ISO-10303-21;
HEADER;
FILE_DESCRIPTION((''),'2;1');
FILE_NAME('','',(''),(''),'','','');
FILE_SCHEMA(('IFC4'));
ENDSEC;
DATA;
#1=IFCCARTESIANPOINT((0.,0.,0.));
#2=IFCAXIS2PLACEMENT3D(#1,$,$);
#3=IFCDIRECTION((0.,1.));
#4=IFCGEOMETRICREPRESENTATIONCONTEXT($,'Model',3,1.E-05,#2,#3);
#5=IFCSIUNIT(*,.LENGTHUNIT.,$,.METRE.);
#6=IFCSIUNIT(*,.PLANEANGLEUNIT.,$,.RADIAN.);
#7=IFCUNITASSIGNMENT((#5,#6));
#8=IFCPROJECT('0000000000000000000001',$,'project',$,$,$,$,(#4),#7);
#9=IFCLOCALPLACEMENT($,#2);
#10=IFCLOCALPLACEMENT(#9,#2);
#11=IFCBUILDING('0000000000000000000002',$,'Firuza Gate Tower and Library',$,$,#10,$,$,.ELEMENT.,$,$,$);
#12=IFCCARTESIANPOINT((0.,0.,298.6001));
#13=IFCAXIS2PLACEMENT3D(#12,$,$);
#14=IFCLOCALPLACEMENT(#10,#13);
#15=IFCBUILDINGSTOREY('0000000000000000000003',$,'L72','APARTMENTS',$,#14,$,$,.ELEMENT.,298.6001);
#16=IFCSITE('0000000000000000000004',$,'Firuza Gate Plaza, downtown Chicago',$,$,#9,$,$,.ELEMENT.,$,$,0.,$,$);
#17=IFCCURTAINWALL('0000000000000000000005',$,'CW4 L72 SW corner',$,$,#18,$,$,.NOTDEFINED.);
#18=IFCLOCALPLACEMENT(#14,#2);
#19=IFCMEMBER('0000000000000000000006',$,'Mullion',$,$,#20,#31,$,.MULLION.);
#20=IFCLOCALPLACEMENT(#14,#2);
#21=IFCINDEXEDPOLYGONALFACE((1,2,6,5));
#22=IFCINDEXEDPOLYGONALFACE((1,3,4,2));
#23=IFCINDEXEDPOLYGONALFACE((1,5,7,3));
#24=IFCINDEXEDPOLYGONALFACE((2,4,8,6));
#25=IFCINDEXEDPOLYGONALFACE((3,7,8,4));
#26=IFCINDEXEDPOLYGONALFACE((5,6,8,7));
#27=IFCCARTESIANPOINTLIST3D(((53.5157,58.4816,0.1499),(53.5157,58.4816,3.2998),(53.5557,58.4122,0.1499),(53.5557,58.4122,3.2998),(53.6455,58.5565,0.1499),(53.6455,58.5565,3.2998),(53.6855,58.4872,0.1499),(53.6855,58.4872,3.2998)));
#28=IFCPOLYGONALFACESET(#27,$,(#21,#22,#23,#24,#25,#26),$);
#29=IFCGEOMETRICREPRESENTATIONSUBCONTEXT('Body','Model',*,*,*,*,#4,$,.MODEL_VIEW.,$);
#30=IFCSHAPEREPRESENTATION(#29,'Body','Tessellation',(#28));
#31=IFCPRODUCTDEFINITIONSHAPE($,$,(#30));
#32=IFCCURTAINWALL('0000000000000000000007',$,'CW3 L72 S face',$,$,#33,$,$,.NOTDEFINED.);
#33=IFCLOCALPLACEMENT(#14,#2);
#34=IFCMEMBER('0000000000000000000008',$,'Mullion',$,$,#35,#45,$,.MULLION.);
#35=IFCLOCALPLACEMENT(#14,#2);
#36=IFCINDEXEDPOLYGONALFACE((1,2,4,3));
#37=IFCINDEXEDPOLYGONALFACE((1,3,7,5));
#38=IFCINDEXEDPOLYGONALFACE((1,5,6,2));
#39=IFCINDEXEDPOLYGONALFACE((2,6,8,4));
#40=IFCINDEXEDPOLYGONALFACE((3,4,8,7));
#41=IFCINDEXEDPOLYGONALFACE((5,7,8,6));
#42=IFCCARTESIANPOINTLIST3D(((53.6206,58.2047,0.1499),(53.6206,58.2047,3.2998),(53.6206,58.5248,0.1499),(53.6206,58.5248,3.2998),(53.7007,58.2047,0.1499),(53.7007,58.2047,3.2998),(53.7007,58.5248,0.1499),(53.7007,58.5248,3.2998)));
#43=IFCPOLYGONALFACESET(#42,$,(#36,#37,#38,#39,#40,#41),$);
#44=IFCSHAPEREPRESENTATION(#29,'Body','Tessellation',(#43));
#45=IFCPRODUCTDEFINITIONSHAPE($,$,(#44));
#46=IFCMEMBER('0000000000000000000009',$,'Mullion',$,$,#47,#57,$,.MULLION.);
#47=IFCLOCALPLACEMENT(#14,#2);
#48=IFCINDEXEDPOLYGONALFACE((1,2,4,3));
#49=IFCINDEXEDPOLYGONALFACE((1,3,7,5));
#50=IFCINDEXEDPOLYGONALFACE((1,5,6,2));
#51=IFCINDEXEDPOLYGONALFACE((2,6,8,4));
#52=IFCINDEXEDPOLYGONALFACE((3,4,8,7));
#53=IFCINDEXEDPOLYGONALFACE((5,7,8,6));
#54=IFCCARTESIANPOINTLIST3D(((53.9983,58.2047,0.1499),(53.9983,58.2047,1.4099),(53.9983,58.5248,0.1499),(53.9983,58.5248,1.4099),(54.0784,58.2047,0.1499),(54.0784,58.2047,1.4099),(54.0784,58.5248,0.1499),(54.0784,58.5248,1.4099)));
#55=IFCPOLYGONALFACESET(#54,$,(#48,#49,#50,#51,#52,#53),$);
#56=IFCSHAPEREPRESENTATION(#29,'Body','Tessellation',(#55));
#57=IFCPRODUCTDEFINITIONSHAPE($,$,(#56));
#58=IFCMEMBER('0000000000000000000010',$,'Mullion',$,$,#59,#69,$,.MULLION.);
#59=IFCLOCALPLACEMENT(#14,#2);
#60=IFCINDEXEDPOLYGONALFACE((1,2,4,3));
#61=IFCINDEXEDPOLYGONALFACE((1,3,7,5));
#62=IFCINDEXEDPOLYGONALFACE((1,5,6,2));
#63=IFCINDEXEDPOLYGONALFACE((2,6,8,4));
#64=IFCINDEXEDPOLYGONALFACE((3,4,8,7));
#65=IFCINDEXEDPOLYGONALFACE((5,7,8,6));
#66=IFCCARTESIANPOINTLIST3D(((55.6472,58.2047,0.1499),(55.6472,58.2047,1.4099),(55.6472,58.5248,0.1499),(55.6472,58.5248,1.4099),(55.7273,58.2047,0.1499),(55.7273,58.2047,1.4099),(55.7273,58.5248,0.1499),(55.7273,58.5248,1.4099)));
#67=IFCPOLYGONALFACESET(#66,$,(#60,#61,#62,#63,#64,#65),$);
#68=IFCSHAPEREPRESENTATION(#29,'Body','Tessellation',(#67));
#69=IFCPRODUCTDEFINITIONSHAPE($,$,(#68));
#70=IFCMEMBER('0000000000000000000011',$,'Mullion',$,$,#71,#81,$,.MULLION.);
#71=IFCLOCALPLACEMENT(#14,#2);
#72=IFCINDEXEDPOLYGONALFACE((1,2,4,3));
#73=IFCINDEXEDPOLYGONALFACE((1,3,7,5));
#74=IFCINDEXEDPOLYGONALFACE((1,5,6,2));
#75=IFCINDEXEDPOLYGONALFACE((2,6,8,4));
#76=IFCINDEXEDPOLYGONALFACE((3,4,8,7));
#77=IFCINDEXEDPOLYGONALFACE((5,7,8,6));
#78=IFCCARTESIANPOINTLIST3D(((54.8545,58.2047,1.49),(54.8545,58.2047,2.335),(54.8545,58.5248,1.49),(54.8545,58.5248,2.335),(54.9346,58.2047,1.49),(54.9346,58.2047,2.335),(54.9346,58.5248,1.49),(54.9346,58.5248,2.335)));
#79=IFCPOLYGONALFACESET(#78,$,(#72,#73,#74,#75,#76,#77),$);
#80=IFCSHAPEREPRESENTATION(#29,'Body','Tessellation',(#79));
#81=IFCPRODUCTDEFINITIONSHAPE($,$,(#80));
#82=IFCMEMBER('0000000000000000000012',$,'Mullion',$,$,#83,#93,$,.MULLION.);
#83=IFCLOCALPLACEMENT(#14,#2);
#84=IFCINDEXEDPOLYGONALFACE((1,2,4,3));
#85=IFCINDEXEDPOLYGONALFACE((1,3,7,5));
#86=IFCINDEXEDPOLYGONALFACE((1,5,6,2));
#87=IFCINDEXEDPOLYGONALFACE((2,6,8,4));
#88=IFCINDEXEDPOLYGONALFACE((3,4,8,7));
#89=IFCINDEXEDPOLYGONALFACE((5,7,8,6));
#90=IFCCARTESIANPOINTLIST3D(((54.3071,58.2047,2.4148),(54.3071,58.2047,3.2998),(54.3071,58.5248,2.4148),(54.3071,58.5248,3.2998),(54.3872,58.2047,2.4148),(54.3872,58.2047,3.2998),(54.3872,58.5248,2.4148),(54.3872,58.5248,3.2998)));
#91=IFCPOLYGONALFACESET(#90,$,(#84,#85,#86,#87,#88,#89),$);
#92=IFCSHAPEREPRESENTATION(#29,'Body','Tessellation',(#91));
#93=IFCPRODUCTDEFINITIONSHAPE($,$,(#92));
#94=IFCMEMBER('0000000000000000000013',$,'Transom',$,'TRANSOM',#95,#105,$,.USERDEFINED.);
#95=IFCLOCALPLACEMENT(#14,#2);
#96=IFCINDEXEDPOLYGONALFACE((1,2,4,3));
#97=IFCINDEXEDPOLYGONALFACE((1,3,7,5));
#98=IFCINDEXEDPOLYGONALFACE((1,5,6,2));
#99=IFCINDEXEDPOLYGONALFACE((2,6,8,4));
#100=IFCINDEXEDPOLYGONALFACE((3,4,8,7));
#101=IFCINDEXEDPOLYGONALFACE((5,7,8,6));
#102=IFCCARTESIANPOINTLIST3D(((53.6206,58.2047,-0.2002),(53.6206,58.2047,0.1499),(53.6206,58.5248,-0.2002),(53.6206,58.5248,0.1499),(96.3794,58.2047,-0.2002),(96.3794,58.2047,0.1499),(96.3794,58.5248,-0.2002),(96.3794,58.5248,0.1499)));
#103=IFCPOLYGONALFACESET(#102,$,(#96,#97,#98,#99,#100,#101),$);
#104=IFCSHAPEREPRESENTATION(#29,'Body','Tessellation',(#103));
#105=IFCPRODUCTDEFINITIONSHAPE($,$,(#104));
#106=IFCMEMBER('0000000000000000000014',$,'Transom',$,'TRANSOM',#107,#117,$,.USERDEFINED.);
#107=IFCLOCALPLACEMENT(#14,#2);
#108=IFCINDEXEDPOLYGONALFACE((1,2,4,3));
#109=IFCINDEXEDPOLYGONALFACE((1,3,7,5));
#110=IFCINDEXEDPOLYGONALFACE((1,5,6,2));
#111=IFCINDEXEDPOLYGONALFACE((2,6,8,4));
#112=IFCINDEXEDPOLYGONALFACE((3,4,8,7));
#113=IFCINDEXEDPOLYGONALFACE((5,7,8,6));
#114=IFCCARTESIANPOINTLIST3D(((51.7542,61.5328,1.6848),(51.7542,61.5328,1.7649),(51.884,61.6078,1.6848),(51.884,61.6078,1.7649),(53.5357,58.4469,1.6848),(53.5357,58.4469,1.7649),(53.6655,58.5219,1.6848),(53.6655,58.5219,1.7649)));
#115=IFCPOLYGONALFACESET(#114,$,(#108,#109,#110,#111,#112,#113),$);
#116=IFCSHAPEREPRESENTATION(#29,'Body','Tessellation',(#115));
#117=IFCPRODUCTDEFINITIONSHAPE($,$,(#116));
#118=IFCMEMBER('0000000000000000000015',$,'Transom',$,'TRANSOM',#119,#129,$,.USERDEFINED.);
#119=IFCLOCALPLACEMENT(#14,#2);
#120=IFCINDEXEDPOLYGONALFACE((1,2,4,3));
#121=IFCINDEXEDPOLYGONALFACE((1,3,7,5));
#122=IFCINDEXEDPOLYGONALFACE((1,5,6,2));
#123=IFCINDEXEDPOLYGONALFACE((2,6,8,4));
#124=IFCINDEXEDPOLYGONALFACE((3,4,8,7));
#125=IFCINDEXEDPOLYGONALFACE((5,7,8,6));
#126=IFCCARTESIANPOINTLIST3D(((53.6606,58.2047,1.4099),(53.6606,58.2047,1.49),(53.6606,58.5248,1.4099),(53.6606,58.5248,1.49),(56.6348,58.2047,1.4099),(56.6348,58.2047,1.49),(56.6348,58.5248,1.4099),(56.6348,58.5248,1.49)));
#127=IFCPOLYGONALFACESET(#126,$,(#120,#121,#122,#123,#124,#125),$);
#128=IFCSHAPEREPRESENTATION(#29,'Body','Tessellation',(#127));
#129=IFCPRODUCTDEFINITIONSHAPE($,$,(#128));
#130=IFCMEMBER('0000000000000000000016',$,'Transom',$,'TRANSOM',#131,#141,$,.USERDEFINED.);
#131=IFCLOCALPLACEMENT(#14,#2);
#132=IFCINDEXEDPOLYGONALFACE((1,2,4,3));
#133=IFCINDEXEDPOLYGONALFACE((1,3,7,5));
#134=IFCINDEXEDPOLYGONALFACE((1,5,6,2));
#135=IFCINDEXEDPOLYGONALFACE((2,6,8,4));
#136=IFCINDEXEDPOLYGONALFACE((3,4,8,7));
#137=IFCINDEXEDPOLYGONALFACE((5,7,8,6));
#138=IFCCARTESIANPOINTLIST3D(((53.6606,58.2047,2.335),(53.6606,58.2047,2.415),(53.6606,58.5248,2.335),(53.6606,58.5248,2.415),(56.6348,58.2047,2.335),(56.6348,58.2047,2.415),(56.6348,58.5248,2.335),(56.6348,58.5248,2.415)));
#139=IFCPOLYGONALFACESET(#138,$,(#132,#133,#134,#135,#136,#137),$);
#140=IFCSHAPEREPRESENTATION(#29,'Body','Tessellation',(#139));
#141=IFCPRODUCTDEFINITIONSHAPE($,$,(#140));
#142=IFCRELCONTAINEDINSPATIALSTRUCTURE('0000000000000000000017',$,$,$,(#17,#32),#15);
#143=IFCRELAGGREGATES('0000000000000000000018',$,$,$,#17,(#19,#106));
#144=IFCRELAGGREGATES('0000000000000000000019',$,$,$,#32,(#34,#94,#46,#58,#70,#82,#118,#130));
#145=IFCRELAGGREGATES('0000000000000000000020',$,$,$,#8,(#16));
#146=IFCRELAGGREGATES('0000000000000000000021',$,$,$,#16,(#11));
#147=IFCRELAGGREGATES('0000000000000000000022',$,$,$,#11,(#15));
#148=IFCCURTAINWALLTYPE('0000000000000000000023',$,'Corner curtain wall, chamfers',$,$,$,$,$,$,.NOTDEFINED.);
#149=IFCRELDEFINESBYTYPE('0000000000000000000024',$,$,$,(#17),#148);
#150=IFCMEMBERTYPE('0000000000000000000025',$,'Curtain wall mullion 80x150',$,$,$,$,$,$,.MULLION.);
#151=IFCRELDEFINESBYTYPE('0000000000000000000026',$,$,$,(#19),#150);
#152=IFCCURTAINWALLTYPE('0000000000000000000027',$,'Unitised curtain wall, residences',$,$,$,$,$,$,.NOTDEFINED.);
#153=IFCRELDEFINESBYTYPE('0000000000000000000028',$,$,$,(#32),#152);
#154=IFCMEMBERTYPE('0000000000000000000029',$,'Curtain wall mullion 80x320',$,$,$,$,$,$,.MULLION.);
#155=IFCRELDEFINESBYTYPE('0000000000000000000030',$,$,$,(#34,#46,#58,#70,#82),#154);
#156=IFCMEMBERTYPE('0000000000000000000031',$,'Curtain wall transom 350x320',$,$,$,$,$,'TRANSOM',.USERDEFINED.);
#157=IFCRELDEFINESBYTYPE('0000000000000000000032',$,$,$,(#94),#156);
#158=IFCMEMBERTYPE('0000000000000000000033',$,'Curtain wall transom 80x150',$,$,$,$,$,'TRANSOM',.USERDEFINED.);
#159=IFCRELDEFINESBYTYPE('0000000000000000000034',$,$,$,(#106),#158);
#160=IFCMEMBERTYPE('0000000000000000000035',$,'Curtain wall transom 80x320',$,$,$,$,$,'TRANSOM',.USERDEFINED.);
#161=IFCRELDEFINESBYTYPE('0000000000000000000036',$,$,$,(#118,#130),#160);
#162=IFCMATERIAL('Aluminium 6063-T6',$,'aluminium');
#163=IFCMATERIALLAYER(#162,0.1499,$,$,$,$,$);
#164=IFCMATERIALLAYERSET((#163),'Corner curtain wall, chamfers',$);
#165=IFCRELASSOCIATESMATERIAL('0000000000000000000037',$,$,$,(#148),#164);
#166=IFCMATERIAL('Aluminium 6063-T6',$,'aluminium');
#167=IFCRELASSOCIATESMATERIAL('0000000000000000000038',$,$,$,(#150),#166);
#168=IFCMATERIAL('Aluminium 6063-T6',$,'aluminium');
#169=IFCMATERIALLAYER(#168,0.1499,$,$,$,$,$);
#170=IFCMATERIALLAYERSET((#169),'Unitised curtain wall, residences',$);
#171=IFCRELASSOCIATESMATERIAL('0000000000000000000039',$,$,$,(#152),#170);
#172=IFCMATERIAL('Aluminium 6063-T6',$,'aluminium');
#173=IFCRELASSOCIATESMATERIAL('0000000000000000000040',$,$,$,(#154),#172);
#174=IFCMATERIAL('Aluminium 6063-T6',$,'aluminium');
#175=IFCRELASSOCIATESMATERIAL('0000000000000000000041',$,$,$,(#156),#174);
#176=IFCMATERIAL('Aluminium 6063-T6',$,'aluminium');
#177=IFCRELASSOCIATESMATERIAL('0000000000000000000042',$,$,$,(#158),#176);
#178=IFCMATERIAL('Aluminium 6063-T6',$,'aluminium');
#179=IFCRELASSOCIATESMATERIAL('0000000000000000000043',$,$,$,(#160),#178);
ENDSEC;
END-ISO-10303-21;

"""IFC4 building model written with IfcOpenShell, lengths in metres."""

from ifc_helpers import new_model, si_unit, direction, frame, origin, origin_2d, place, context, subcontext, project, spatial, rectangle, extrude, material, layer, layer_set, material_profile, profile_set, type_object, element, aggregate, save


model = new_model("IFC4")

# Units and contexts
model_context = context("Model", 3, precision=1e-05, world=origin(), true_north=direction((0.0, 1.0)))
body_context = subcontext(model_context, "Body", "Model", "MODEL_VIEW")
ifc_project = project(units=[si_unit("LENGTHUNIT", "METRE"), si_unit("PLANEANGLEUNIT", "RADIAN")], contexts=[model_context])

# Site, building, storey
site_placement = place(None, origin())
site = spatial("IfcSite", under=ifc_project, at=site_placement, Name="Firuza Gate Plaza, downtown Chicago", CompositionType="ELEMENT", RefElevation=0.0)
building_placement = place(site_placement, origin())
building = spatial("IfcBuilding", under=site, at=building_placement, Name="Firuza Gate Tower and Library", CompositionType="ELEMENT")
storey_placement = place(building_placement, frame((0.0, 0.0, 298.6001)))
storey = spatial("IfcBuildingStorey", under=building, at=storey_placement, Name="L72", Description="APARTMENTS", CompositionType="ELEMENT", Elevation=298.6001)

# Curtain wall, member
ifc_material_1 = material(Name="Aluminium 6063-T6", Category="aluminium")
ifc_layer_1 = layer(ifc_material_1, 0.1499)
ifc_layer_set_1 = layer_set([ifc_layer_1], Name="Corner curtain wall, chamfers")
curtain_wall_type_1 = type_object("IfcCurtainWallType", Name="Corner curtain wall, chamfers", PredefinedType="NOTDEFINED", material=ifc_layer_set_1)
placement_1 = place(storey_placement, origin())
curtain_wall_1 = element("IfcCurtainWall", 1, at=placement_1, inside=storey, type_object=curtain_wall_type_1, Name="CW4 L72 SW corner", PredefinedType="NOTDEFINED")
ifc_material_2 = material(Name="Aluminium 6063-T6", Category="aluminium")
ifc_material_profile_1 = material_profile(ifc_material_2, rectangle(XDim=0.1499, YDim=0.0801, at=origin_2d()))
ifc_profile_set_1 = profile_set([ifc_material_profile_1], Name="Aluminium 6063-T6")
member_type_1 = type_object("IfcMemberType", Name="Curtain wall mullion 80x150", PredefinedType="MULLION", material=ifc_profile_set_1)
member_1_placement = place(storey_placement, frame((53.6006, 58.4844, 0.1499), z_axis=(0.0, 0.0, 1.0), x_axis=(0.866025, 0.5, 0.0)))
member_1 = element("IfcMember", 2, at=member_1_placement, type_object=member_type_1, Name="Mullion", PredefinedType="MULLION", context=body_context, shape_type="SweptSolid", body=[
    extrude(rectangle(XDim=0.1499, YDim=0.0801, at=origin_2d()), origin(), (0.0, 0.0, 1.0), 3.1499),
])

# Curtain wall, members
ifc_material_3 = material(Name="Aluminium 6063-T6", Category="aluminium")
ifc_layer_2 = layer(ifc_material_3, 0.1499)
ifc_layer_set_2 = layer_set([ifc_layer_2], Name="Unitised curtain wall, residences")
curtain_wall_type_2 = type_object("IfcCurtainWallType", Name="Unitised curtain wall, residences", PredefinedType="NOTDEFINED", material=ifc_layer_set_2)
curtain_wall_2 = element("IfcCurtainWall", 3, at=placement_1, inside=storey, type_object=curtain_wall_type_2, Name="CW3 L72 S face", PredefinedType="NOTDEFINED")
ifc_material_4 = material(Name="Aluminium 6063-T6", Category="aluminium")
ifc_material_profile_2 = material_profile(ifc_material_4, rectangle(XDim=0.3201, YDim=0.0801, at=origin_2d()))
ifc_profile_set_2 = profile_set([ifc_material_profile_2], Name="Aluminium 6063-T6")
member_type_2 = type_object("IfcMemberType", Name="Curtain wall mullion 80x320", PredefinedType="MULLION", material=ifc_profile_set_2)
member_2_placement = place(storey_placement, frame((53.6606, 58.3647, 0.1499), z_axis=(0.0, 0.0, 1.0), x_axis=(0.0, 1.0, 0.0)))
member_2 = element("IfcMember", 4, at=member_2_placement, type_object=member_type_2, Name="Mullion", PredefinedType="MULLION", context=body_context, shape_type="SweptSolid", body=[
    extrude(rectangle(XDim=0.3201, YDim=0.0801, at=origin_2d()), origin(), (0.0, 0.0, 1.0), 3.1499),
])
member_3_placement = place(storey_placement, frame((54.0383, 58.3647, 0.1499), z_axis=(0.0, 0.0, 1.0), x_axis=(0.0, 1.0, 0.0)))
member_3 = element("IfcMember", 5, at=member_3_placement, type_object=member_type_2, Name="Mullion", PredefinedType="MULLION", context=body_context, shape_type="SweptSolid", body=[
    extrude(rectangle(XDim=0.3201, YDim=0.0801, at=origin_2d()), origin(), (0.0, 0.0, 1.0), 1.26),
])
member_4_placement = place(storey_placement, frame((55.6873, 58.3647, 0.1499), z_axis=(0.0, 0.0, 1.0), x_axis=(0.0, 1.0, 0.0)))
member_4 = element("IfcMember", 6, at=member_4_placement, type_object=member_type_2, Name="Mullion", PredefinedType="MULLION", context=body_context, shape_type="SweptSolid", body=[
    extrude(rectangle(XDim=0.3201, YDim=0.0801, at=origin_2d()), origin(), (0.0, 0.0, 1.0), 1.26),
])
member_5_placement = place(storey_placement, frame((54.8945, 58.3647, 1.49), z_axis=(0.0, 0.0, 1.0), x_axis=(0.0, 1.0, 0.0)))
member_5 = element("IfcMember", 7, at=member_5_placement, type_object=member_type_2, Name="Mullion", PredefinedType="MULLION", context=body_context, shape_type="SweptSolid", body=[
    extrude(rectangle(XDim=0.3201, YDim=0.0801, at=origin_2d()), origin(), (0.0, 0.0, 1.0), 0.845),
])
member_6_placement = place(storey_placement, frame((54.3472, 58.3647, 2.4148), z_axis=(0.0, 0.0, 1.0), x_axis=(0.0, 1.0, 0.0)))
member_6 = element("IfcMember", 8, at=member_6_placement, type_object=member_type_2, Name="Mullion", PredefinedType="MULLION", context=body_context, shape_type="SweptSolid", body=[
    extrude(rectangle(XDim=0.3201, YDim=0.0801, at=origin_2d()), origin(), (0.0, 0.0, 1.0), 0.885),
])
ifc_material_5 = material(Name="Aluminium 6063-T6", Category="aluminium")
ifc_material_profile_3 = material_profile(ifc_material_5, rectangle(XDim=0.3201, YDim=0.3501, at=origin_2d()))
ifc_profile_set_3 = profile_set([ifc_material_profile_3], Name="Aluminium 6063-T6")
member_type_3 = type_object("IfcMemberType", Name="Curtain wall transom 350x320", ElementType="TRANSOM", PredefinedType="USERDEFINED", material=ifc_profile_set_3)
member_7_placement = place(storey_placement, frame((53.6206, 58.3647, -0.0251), z_axis=(1.0, 0.0, 0.0), x_axis=(0.0, 1.0, 0.0)))
member_7 = element("IfcMember", 9, at=member_7_placement, type_object=member_type_3, Name="Transom", ObjectType="TRANSOM", PredefinedType="USERDEFINED", context=body_context, shape_type="SweptSolid", body=[
    extrude(rectangle(XDim=0.3201, YDim=0.3501, at=origin_2d()), origin(), (0.0, 0.0, 1.0), 42.7588),
])

# Members
ifc_material_6 = material(Name="Aluminium 6063-T6", Category="aluminium")
ifc_material_profile_4 = material_profile(ifc_material_6, rectangle(XDim=0.1499, YDim=0.0801, at=origin_2d()))
ifc_profile_set_4 = profile_set([ifc_material_profile_4], Name="Aluminium 6063-T6")
member_type_4 = type_object("IfcMemberType", Name="Curtain wall transom 80x150", ElementType="TRANSOM", PredefinedType="USERDEFINED", material=ifc_profile_set_4)
member_8_placement = place(storey_placement, frame((51.8191, 61.5703, 1.7249), z_axis=(0.499964, -0.866046, 0.0), x_axis=(0.866046, 0.499964, 0.0)))
member_8 = element("IfcMember", 10, at=member_8_placement, type_object=member_type_4, Name="Transom", ObjectType="TRANSOM", PredefinedType="USERDEFINED", context=body_context, shape_type="SweptSolid", body=[
    extrude(rectangle(XDim=0.1499, YDim=0.0801, at=origin_2d()), origin(), (0.0, 0.0, 1.0), 3.5632),
])
ifc_material_7 = material(Name="Aluminium 6063-T6", Category="aluminium")
ifc_material_profile_5 = material_profile(ifc_material_7, rectangle(XDim=0.3201, YDim=0.0801, at=origin_2d()))
ifc_profile_set_5 = profile_set([ifc_material_profile_5], Name="Aluminium 6063-T6")
member_type_5 = type_object("IfcMemberType", Name="Curtain wall transom 80x320", ElementType="TRANSOM", PredefinedType="USERDEFINED", material=ifc_profile_set_5)
member_9_placement = place(storey_placement, frame((53.6606, 58.3647, 1.45), z_axis=(1.0, 0.0, 0.0), x_axis=(0.0, 1.0, 0.0)))
member_9 = element("IfcMember", 11, at=member_9_placement, type_object=member_type_5, Name="Transom", ObjectType="TRANSOM", PredefinedType="USERDEFINED", context=body_context, shape_type="SweptSolid", body=[
    extrude(rectangle(XDim=0.3201, YDim=0.0801, at=origin_2d()), origin(), (0.0, 0.0, 1.0), 2.9741),
])
member_10_placement = place(storey_placement, frame((53.6606, 58.3647, 2.375), z_axis=(1.0, 0.0, 0.0), x_axis=(0.0, 1.0, 0.0)))
member_10 = element("IfcMember", 12, at=member_10_placement, type_object=member_type_5, Name="Transom", ObjectType="TRANSOM", PredefinedType="USERDEFINED", context=body_context, shape_type="SweptSolid", body=[
    extrude(rectangle(XDim=0.3201, YDim=0.0801, at=origin_2d()), origin(), (0.0, 0.0, 1.0), 2.9741),
])

aggregate(curtain_wall_1, [member_1, member_8])
aggregate(curtain_wall_2, [member_2, member_7, member_3, member_4, member_5, member_6, member_9, member_10])

save(model, "model.ifc")
